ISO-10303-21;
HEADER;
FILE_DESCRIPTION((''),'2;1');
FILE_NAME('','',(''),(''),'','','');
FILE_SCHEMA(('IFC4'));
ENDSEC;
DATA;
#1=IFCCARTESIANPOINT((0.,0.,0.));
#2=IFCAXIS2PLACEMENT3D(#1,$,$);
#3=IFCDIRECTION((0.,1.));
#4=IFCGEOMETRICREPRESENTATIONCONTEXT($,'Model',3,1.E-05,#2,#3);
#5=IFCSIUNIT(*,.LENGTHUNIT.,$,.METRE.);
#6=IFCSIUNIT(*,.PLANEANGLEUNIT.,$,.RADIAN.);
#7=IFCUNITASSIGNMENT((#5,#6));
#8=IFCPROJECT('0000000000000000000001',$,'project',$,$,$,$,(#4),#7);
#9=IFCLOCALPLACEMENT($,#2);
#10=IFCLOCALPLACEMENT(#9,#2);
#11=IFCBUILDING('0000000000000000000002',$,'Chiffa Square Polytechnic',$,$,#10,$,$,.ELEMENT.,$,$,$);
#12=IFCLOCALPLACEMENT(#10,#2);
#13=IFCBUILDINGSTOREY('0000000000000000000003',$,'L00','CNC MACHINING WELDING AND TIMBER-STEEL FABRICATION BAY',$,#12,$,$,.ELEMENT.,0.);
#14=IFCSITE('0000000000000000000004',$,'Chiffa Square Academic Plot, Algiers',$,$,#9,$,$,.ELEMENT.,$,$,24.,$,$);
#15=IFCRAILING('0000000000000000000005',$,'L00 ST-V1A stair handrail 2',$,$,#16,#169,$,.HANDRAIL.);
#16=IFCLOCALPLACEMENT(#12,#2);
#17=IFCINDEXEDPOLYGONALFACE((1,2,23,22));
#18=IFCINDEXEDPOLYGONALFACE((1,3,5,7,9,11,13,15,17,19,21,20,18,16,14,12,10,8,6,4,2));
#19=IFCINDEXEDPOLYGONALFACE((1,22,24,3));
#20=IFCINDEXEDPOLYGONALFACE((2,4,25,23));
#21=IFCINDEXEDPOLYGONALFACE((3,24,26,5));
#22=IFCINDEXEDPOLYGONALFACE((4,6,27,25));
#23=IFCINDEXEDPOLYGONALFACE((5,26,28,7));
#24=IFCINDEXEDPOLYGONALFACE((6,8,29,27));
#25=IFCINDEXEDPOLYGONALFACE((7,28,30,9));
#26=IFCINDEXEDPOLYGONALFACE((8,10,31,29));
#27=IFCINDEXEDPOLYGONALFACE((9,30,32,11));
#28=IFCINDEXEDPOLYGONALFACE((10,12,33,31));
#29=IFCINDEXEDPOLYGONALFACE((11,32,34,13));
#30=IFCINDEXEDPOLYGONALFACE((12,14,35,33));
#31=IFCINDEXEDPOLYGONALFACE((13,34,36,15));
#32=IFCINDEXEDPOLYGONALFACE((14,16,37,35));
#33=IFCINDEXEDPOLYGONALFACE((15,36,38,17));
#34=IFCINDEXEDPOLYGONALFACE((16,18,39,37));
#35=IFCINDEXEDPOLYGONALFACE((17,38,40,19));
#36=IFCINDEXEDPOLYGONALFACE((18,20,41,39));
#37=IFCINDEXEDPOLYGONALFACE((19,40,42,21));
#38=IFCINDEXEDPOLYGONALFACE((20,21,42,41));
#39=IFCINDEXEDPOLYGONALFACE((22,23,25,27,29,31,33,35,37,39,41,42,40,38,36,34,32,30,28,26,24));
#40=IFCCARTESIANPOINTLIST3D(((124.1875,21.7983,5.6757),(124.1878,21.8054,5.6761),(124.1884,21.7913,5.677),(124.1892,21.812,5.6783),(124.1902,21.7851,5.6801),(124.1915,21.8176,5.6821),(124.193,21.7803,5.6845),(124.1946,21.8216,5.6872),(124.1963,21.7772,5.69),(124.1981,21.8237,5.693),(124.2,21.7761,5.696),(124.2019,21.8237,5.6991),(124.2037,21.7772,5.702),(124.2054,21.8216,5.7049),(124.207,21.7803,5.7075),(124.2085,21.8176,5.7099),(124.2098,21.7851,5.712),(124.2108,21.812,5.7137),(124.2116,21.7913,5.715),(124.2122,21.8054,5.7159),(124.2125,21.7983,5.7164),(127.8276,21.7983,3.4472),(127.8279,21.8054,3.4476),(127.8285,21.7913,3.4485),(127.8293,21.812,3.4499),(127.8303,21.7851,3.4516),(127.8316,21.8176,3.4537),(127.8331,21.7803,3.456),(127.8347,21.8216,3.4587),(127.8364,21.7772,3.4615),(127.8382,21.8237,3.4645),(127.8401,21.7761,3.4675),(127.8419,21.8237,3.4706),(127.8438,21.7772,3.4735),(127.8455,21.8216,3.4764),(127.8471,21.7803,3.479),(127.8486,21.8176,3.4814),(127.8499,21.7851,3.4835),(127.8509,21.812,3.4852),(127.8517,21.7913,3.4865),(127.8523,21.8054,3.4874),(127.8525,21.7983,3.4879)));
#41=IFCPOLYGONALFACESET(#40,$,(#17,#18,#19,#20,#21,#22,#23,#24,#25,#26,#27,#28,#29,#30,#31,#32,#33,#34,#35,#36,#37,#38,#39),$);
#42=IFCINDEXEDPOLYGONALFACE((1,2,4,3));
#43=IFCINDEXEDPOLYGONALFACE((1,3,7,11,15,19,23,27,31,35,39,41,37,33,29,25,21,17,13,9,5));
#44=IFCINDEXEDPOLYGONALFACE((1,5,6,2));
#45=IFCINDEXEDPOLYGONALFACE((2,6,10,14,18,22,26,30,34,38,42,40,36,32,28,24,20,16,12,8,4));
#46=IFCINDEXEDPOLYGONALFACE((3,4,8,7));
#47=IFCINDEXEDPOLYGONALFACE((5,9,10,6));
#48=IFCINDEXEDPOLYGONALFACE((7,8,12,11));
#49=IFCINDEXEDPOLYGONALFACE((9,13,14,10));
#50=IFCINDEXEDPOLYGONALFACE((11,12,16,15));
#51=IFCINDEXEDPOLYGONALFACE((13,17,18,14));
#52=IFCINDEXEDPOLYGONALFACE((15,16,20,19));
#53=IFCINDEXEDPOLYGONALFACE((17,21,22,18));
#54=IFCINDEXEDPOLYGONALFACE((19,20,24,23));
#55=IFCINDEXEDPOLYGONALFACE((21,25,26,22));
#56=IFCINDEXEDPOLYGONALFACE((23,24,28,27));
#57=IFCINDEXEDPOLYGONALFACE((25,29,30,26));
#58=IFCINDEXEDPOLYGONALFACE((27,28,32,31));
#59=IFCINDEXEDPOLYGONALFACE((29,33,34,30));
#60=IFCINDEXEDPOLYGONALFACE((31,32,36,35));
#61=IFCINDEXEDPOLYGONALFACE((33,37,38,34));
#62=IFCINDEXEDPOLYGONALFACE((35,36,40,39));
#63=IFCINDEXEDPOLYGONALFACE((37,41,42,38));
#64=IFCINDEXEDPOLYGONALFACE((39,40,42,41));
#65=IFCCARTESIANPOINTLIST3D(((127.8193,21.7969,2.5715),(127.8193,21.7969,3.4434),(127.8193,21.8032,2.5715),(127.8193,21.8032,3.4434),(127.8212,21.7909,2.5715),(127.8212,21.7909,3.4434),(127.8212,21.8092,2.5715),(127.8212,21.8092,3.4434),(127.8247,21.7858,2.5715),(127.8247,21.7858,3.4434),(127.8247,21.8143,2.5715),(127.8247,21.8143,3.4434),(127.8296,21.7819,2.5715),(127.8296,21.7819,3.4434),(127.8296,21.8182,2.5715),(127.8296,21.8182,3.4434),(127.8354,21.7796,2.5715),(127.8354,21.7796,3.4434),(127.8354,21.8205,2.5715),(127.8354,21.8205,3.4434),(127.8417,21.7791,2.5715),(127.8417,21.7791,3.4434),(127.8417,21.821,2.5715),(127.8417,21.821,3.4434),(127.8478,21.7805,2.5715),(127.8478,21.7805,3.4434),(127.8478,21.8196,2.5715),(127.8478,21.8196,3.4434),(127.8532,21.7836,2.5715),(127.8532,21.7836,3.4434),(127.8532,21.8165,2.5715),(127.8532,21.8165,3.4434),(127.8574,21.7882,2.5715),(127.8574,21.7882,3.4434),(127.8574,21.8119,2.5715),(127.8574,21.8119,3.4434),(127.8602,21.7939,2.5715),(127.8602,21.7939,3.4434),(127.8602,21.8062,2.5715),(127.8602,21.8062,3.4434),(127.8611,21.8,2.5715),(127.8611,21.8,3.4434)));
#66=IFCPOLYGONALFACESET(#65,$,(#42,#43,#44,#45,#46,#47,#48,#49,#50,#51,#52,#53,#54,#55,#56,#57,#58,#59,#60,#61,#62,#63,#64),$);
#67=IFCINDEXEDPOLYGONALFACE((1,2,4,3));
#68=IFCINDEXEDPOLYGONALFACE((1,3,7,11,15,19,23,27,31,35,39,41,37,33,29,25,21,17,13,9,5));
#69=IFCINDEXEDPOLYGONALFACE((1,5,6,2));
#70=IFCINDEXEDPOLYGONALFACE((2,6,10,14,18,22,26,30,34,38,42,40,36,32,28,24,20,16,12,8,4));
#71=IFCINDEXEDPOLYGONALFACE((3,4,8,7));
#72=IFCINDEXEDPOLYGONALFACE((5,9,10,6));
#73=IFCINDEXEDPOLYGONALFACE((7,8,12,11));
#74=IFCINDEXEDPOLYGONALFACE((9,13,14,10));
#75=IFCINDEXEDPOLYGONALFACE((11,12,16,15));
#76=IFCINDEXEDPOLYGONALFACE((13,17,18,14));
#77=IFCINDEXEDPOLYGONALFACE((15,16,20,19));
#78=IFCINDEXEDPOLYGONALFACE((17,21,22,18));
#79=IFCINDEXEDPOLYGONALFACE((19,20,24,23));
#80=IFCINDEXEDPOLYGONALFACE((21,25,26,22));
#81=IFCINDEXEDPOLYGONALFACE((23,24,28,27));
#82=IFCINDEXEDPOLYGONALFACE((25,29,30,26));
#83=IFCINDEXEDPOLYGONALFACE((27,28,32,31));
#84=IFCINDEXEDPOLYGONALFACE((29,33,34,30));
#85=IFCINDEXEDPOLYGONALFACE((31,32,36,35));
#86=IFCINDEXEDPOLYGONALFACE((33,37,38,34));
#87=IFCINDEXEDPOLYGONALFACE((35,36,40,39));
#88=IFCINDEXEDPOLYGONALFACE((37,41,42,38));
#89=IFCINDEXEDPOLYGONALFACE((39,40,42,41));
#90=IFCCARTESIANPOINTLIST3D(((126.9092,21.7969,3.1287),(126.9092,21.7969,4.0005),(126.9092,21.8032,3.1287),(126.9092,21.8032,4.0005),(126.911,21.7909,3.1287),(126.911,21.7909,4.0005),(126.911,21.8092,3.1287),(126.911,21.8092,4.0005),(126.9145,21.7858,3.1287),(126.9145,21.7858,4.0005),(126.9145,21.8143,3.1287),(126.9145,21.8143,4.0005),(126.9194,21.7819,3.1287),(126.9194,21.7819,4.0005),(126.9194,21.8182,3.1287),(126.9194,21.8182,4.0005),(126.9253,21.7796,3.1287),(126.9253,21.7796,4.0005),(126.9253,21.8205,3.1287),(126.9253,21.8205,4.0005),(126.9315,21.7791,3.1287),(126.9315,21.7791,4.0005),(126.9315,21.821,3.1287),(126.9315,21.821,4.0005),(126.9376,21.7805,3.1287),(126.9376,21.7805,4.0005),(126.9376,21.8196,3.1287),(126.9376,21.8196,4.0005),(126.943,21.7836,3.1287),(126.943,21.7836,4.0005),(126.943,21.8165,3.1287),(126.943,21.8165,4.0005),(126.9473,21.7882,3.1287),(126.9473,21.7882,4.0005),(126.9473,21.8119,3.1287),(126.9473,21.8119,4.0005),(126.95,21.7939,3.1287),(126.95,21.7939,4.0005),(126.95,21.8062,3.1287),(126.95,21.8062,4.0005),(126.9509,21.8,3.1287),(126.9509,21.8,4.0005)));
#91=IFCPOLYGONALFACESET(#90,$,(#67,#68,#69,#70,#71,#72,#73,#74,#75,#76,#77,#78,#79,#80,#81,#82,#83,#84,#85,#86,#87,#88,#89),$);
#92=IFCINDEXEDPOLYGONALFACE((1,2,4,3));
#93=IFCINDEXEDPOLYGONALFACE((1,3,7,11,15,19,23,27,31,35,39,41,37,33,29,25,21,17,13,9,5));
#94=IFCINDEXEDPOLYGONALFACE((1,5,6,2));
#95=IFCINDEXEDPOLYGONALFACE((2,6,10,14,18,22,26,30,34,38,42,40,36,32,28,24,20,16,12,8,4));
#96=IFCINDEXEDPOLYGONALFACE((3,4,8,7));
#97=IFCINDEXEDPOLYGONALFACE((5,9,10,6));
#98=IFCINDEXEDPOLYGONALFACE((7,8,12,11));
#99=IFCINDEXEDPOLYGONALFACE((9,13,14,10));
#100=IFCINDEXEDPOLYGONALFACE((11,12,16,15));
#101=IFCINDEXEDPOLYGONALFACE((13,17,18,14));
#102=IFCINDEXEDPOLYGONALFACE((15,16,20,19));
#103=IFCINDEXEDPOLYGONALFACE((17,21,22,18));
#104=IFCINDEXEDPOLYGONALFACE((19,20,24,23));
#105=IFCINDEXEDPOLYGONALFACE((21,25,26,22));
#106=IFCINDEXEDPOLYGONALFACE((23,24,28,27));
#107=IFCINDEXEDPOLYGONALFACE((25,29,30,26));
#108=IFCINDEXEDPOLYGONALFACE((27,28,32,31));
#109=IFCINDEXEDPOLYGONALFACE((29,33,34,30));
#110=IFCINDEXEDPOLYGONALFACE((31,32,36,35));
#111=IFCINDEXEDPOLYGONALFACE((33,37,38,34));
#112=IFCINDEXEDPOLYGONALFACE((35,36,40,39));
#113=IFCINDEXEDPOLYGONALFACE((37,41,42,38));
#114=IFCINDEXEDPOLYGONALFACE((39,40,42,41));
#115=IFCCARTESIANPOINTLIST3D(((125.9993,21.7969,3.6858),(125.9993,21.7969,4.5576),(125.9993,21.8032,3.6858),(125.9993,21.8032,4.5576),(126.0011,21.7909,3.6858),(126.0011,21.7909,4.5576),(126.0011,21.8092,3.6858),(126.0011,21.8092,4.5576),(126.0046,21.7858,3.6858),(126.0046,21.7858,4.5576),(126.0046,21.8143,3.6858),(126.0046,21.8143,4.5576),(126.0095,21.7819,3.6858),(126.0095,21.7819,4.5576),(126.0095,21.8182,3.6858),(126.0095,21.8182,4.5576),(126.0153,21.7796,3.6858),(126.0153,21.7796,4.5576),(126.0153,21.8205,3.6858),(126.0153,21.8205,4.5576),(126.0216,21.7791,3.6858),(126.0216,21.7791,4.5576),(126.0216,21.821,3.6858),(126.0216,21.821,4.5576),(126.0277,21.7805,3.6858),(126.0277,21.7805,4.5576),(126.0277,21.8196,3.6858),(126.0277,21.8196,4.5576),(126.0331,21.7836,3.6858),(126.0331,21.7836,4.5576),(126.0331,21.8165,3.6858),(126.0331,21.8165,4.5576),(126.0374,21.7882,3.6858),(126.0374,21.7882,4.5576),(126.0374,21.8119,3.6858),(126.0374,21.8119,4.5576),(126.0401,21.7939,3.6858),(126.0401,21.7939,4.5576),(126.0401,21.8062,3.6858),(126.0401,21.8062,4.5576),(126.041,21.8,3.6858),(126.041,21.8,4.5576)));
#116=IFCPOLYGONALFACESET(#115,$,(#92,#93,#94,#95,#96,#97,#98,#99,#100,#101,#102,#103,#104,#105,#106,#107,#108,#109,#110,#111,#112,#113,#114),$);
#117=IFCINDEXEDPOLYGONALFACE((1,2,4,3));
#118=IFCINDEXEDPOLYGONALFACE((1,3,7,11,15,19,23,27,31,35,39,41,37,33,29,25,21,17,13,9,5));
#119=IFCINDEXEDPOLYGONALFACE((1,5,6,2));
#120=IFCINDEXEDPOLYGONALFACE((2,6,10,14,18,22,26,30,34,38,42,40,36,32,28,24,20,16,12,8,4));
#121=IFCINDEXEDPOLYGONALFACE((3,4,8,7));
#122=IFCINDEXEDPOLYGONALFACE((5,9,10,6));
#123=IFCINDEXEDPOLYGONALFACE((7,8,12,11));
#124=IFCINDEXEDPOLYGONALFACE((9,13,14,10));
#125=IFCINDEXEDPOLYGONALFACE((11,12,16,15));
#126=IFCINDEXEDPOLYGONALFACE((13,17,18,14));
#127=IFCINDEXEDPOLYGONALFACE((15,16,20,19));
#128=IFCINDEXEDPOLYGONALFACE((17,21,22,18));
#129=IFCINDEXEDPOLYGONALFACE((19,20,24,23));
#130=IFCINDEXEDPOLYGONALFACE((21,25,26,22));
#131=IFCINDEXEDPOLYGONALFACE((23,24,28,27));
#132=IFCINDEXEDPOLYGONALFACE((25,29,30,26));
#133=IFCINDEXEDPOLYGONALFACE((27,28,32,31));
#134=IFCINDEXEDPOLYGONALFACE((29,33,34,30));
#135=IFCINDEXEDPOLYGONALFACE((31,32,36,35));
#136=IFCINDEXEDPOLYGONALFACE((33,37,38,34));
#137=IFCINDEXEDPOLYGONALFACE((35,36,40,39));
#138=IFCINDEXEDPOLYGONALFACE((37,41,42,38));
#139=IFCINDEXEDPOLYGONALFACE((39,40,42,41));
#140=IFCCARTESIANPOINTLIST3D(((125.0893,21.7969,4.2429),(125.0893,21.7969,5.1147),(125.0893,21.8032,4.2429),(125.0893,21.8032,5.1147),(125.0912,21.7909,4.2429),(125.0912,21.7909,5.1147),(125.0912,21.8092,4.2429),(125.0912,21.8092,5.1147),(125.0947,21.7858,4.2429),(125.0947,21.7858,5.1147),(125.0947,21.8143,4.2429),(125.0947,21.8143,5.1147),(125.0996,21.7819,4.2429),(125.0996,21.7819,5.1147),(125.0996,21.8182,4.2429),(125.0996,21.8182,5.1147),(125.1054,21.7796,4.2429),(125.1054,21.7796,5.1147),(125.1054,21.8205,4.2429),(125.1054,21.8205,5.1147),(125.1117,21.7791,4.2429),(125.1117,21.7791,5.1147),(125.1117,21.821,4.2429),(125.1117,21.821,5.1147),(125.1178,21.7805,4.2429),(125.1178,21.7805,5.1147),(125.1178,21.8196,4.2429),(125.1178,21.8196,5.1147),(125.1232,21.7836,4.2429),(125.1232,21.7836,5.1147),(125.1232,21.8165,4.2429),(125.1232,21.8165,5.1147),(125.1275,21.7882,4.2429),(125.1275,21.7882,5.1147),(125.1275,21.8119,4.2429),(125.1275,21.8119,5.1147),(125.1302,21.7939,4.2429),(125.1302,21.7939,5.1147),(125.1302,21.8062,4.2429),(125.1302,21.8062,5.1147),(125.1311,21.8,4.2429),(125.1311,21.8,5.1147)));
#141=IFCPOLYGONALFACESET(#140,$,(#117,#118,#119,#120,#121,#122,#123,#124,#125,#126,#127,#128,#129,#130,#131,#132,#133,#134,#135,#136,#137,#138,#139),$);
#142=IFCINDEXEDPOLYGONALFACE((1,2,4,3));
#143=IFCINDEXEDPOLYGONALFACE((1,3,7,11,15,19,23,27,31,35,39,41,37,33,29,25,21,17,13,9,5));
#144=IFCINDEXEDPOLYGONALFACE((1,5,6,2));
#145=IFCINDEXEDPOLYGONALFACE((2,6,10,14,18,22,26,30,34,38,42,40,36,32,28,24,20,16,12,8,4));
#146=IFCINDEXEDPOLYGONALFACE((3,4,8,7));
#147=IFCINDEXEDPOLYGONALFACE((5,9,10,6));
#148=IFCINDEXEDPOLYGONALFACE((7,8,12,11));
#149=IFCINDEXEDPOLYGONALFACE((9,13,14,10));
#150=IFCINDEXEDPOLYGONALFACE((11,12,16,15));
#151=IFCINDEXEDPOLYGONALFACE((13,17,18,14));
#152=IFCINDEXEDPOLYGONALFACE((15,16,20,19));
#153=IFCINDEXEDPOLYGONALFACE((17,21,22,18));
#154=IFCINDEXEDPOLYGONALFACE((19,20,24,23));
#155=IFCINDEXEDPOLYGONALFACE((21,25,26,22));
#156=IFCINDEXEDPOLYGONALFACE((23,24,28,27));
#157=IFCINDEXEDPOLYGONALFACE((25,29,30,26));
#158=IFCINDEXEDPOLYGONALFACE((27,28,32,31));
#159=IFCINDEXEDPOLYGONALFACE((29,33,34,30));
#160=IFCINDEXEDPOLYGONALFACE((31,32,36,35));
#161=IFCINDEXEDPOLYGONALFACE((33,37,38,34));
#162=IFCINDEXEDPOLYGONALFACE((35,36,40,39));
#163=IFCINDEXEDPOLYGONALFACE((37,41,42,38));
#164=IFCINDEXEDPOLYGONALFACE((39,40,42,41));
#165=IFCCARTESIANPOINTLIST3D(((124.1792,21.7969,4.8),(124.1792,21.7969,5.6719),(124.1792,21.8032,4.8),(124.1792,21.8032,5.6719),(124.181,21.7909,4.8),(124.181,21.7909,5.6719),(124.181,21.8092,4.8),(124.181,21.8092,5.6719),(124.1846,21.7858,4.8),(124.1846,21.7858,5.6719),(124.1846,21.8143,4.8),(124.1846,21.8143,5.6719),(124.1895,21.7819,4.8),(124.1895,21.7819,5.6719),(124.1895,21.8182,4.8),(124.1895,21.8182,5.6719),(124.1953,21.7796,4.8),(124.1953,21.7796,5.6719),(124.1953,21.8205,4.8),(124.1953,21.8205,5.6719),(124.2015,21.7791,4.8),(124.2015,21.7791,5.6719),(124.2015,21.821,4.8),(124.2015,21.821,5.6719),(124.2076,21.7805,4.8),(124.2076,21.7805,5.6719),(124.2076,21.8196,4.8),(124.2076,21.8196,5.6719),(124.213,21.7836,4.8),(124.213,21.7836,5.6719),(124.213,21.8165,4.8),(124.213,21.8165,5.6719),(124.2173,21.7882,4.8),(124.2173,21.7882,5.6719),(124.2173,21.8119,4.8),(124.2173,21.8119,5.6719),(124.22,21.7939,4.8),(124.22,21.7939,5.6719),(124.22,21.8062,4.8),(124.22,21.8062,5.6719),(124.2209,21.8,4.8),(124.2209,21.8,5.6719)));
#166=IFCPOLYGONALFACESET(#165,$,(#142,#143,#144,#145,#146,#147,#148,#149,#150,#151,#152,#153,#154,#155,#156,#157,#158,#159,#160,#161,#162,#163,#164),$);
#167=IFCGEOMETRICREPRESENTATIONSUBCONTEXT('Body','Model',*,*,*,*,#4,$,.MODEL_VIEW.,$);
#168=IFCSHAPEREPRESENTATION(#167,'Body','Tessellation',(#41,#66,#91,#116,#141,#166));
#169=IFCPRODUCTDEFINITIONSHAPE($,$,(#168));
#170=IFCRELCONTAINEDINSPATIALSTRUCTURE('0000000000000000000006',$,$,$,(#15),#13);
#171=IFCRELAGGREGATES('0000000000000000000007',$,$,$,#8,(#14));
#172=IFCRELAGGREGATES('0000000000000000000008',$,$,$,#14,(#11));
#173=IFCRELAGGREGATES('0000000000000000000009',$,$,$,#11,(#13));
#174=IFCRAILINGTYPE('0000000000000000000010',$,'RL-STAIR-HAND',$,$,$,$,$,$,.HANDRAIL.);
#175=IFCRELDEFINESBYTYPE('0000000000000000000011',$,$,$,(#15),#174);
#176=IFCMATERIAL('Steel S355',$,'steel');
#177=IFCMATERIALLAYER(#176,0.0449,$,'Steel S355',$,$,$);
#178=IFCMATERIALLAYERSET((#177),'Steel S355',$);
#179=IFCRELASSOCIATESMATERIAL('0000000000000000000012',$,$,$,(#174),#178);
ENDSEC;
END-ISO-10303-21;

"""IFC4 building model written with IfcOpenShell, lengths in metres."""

from ifc_helpers import new_model, si_unit, direction, frame, origin, origin_2d, place, context, subcontext, project, spatial, circle, extrude, material, layer, layer_set, type_object, element, save


model = new_model("IFC4")

# Units and contexts
model_context = context("Model", 3, precision=1e-05, world=origin(), true_north=direction((0.0, 1.0)))
body_context = subcontext(model_context, "Body", "Model", "MODEL_VIEW")
ifc_project = project(units=[si_unit("LENGTHUNIT", "METRE"), si_unit("PLANEANGLEUNIT", "RADIAN")], contexts=[model_context])

# Site, building, storey
site_placement = place(None, origin())
site = spatial("IfcSite", under=ifc_project, at=site_placement, Name="Chiffa Square Academic Plot, Algiers", CompositionType="ELEMENT", RefElevation=24.0)
building_placement = place(site_placement, origin())
building = spatial("IfcBuilding", under=site, at=building_placement, Name="Chiffa Square Polytechnic", CompositionType="ELEMENT")
storey_placement = place(building_placement, origin())
storey = spatial("IfcBuildingStorey", under=building, at=storey_placement, Name="L00", Description="CNC MACHINING WELDING AND TIMBER-STEEL FABRICATION BAY", CompositionType="ELEMENT", Elevation=0.0)

# Railing
ifc_material_1 = material(Name="Steel S355", Category="steel")
ifc_layer_1 = layer(ifc_material_1, 0.0449, Name="Steel S355")
ifc_layer_set_1 = layer_set([ifc_layer_1], Name="Steel S355")
railing_type_1 = type_object("IfcRailingType", Name="RL-STAIR-HAND", PredefinedType="HANDRAIL", material=ifc_layer_set_1)
railing_1_placement = place(storey_placement, frame((127.8401, 21.8, 2.5715)))
element("IfcRailing", 1, at=railing_1_placement, inside=storey, type_object=railing_type_1, Name="L00 ST-V1A stair handrail 2", PredefinedType="HANDRAIL", context=body_context, shape_type="SweptSolid", body=[
    extrude(circle(Radius=0.0239, at=origin_2d()), frame((0.0, 0.0, 0.896), z_axis=(-0.852866, 0.0, 0.52213), x_axis=(0.0, -1.0, 0.0)), (0.0, 0.0, 1.0), 4.2681),
    extrude(circle(Radius=0.021, at=origin_2d()), origin(), (0.0, 0.0, 1.0), 0.8718),
    extrude(circle(Radius=0.021, at=origin_2d()), frame((-0.9102, 0.0, 0.5571)), (0.0, 0.0, 1.0), 0.8718),
    extrude(circle(Radius=0.021, at=origin_2d()), frame((-1.8201, 0.0, 1.1143)), (0.0, 0.0, 1.0), 0.8718),
    extrude(circle(Radius=0.021, at=origin_2d()), frame((-2.73, 0.0, 1.6714)), (0.0, 0.0, 1.0), 0.8718),
    extrude(circle(Radius=0.021, at=origin_2d()), frame((-3.6401, 0.0, 2.2285)), (0.0, 0.0, 1.0), 0.8718),
])

save(model, "model.ifc")
